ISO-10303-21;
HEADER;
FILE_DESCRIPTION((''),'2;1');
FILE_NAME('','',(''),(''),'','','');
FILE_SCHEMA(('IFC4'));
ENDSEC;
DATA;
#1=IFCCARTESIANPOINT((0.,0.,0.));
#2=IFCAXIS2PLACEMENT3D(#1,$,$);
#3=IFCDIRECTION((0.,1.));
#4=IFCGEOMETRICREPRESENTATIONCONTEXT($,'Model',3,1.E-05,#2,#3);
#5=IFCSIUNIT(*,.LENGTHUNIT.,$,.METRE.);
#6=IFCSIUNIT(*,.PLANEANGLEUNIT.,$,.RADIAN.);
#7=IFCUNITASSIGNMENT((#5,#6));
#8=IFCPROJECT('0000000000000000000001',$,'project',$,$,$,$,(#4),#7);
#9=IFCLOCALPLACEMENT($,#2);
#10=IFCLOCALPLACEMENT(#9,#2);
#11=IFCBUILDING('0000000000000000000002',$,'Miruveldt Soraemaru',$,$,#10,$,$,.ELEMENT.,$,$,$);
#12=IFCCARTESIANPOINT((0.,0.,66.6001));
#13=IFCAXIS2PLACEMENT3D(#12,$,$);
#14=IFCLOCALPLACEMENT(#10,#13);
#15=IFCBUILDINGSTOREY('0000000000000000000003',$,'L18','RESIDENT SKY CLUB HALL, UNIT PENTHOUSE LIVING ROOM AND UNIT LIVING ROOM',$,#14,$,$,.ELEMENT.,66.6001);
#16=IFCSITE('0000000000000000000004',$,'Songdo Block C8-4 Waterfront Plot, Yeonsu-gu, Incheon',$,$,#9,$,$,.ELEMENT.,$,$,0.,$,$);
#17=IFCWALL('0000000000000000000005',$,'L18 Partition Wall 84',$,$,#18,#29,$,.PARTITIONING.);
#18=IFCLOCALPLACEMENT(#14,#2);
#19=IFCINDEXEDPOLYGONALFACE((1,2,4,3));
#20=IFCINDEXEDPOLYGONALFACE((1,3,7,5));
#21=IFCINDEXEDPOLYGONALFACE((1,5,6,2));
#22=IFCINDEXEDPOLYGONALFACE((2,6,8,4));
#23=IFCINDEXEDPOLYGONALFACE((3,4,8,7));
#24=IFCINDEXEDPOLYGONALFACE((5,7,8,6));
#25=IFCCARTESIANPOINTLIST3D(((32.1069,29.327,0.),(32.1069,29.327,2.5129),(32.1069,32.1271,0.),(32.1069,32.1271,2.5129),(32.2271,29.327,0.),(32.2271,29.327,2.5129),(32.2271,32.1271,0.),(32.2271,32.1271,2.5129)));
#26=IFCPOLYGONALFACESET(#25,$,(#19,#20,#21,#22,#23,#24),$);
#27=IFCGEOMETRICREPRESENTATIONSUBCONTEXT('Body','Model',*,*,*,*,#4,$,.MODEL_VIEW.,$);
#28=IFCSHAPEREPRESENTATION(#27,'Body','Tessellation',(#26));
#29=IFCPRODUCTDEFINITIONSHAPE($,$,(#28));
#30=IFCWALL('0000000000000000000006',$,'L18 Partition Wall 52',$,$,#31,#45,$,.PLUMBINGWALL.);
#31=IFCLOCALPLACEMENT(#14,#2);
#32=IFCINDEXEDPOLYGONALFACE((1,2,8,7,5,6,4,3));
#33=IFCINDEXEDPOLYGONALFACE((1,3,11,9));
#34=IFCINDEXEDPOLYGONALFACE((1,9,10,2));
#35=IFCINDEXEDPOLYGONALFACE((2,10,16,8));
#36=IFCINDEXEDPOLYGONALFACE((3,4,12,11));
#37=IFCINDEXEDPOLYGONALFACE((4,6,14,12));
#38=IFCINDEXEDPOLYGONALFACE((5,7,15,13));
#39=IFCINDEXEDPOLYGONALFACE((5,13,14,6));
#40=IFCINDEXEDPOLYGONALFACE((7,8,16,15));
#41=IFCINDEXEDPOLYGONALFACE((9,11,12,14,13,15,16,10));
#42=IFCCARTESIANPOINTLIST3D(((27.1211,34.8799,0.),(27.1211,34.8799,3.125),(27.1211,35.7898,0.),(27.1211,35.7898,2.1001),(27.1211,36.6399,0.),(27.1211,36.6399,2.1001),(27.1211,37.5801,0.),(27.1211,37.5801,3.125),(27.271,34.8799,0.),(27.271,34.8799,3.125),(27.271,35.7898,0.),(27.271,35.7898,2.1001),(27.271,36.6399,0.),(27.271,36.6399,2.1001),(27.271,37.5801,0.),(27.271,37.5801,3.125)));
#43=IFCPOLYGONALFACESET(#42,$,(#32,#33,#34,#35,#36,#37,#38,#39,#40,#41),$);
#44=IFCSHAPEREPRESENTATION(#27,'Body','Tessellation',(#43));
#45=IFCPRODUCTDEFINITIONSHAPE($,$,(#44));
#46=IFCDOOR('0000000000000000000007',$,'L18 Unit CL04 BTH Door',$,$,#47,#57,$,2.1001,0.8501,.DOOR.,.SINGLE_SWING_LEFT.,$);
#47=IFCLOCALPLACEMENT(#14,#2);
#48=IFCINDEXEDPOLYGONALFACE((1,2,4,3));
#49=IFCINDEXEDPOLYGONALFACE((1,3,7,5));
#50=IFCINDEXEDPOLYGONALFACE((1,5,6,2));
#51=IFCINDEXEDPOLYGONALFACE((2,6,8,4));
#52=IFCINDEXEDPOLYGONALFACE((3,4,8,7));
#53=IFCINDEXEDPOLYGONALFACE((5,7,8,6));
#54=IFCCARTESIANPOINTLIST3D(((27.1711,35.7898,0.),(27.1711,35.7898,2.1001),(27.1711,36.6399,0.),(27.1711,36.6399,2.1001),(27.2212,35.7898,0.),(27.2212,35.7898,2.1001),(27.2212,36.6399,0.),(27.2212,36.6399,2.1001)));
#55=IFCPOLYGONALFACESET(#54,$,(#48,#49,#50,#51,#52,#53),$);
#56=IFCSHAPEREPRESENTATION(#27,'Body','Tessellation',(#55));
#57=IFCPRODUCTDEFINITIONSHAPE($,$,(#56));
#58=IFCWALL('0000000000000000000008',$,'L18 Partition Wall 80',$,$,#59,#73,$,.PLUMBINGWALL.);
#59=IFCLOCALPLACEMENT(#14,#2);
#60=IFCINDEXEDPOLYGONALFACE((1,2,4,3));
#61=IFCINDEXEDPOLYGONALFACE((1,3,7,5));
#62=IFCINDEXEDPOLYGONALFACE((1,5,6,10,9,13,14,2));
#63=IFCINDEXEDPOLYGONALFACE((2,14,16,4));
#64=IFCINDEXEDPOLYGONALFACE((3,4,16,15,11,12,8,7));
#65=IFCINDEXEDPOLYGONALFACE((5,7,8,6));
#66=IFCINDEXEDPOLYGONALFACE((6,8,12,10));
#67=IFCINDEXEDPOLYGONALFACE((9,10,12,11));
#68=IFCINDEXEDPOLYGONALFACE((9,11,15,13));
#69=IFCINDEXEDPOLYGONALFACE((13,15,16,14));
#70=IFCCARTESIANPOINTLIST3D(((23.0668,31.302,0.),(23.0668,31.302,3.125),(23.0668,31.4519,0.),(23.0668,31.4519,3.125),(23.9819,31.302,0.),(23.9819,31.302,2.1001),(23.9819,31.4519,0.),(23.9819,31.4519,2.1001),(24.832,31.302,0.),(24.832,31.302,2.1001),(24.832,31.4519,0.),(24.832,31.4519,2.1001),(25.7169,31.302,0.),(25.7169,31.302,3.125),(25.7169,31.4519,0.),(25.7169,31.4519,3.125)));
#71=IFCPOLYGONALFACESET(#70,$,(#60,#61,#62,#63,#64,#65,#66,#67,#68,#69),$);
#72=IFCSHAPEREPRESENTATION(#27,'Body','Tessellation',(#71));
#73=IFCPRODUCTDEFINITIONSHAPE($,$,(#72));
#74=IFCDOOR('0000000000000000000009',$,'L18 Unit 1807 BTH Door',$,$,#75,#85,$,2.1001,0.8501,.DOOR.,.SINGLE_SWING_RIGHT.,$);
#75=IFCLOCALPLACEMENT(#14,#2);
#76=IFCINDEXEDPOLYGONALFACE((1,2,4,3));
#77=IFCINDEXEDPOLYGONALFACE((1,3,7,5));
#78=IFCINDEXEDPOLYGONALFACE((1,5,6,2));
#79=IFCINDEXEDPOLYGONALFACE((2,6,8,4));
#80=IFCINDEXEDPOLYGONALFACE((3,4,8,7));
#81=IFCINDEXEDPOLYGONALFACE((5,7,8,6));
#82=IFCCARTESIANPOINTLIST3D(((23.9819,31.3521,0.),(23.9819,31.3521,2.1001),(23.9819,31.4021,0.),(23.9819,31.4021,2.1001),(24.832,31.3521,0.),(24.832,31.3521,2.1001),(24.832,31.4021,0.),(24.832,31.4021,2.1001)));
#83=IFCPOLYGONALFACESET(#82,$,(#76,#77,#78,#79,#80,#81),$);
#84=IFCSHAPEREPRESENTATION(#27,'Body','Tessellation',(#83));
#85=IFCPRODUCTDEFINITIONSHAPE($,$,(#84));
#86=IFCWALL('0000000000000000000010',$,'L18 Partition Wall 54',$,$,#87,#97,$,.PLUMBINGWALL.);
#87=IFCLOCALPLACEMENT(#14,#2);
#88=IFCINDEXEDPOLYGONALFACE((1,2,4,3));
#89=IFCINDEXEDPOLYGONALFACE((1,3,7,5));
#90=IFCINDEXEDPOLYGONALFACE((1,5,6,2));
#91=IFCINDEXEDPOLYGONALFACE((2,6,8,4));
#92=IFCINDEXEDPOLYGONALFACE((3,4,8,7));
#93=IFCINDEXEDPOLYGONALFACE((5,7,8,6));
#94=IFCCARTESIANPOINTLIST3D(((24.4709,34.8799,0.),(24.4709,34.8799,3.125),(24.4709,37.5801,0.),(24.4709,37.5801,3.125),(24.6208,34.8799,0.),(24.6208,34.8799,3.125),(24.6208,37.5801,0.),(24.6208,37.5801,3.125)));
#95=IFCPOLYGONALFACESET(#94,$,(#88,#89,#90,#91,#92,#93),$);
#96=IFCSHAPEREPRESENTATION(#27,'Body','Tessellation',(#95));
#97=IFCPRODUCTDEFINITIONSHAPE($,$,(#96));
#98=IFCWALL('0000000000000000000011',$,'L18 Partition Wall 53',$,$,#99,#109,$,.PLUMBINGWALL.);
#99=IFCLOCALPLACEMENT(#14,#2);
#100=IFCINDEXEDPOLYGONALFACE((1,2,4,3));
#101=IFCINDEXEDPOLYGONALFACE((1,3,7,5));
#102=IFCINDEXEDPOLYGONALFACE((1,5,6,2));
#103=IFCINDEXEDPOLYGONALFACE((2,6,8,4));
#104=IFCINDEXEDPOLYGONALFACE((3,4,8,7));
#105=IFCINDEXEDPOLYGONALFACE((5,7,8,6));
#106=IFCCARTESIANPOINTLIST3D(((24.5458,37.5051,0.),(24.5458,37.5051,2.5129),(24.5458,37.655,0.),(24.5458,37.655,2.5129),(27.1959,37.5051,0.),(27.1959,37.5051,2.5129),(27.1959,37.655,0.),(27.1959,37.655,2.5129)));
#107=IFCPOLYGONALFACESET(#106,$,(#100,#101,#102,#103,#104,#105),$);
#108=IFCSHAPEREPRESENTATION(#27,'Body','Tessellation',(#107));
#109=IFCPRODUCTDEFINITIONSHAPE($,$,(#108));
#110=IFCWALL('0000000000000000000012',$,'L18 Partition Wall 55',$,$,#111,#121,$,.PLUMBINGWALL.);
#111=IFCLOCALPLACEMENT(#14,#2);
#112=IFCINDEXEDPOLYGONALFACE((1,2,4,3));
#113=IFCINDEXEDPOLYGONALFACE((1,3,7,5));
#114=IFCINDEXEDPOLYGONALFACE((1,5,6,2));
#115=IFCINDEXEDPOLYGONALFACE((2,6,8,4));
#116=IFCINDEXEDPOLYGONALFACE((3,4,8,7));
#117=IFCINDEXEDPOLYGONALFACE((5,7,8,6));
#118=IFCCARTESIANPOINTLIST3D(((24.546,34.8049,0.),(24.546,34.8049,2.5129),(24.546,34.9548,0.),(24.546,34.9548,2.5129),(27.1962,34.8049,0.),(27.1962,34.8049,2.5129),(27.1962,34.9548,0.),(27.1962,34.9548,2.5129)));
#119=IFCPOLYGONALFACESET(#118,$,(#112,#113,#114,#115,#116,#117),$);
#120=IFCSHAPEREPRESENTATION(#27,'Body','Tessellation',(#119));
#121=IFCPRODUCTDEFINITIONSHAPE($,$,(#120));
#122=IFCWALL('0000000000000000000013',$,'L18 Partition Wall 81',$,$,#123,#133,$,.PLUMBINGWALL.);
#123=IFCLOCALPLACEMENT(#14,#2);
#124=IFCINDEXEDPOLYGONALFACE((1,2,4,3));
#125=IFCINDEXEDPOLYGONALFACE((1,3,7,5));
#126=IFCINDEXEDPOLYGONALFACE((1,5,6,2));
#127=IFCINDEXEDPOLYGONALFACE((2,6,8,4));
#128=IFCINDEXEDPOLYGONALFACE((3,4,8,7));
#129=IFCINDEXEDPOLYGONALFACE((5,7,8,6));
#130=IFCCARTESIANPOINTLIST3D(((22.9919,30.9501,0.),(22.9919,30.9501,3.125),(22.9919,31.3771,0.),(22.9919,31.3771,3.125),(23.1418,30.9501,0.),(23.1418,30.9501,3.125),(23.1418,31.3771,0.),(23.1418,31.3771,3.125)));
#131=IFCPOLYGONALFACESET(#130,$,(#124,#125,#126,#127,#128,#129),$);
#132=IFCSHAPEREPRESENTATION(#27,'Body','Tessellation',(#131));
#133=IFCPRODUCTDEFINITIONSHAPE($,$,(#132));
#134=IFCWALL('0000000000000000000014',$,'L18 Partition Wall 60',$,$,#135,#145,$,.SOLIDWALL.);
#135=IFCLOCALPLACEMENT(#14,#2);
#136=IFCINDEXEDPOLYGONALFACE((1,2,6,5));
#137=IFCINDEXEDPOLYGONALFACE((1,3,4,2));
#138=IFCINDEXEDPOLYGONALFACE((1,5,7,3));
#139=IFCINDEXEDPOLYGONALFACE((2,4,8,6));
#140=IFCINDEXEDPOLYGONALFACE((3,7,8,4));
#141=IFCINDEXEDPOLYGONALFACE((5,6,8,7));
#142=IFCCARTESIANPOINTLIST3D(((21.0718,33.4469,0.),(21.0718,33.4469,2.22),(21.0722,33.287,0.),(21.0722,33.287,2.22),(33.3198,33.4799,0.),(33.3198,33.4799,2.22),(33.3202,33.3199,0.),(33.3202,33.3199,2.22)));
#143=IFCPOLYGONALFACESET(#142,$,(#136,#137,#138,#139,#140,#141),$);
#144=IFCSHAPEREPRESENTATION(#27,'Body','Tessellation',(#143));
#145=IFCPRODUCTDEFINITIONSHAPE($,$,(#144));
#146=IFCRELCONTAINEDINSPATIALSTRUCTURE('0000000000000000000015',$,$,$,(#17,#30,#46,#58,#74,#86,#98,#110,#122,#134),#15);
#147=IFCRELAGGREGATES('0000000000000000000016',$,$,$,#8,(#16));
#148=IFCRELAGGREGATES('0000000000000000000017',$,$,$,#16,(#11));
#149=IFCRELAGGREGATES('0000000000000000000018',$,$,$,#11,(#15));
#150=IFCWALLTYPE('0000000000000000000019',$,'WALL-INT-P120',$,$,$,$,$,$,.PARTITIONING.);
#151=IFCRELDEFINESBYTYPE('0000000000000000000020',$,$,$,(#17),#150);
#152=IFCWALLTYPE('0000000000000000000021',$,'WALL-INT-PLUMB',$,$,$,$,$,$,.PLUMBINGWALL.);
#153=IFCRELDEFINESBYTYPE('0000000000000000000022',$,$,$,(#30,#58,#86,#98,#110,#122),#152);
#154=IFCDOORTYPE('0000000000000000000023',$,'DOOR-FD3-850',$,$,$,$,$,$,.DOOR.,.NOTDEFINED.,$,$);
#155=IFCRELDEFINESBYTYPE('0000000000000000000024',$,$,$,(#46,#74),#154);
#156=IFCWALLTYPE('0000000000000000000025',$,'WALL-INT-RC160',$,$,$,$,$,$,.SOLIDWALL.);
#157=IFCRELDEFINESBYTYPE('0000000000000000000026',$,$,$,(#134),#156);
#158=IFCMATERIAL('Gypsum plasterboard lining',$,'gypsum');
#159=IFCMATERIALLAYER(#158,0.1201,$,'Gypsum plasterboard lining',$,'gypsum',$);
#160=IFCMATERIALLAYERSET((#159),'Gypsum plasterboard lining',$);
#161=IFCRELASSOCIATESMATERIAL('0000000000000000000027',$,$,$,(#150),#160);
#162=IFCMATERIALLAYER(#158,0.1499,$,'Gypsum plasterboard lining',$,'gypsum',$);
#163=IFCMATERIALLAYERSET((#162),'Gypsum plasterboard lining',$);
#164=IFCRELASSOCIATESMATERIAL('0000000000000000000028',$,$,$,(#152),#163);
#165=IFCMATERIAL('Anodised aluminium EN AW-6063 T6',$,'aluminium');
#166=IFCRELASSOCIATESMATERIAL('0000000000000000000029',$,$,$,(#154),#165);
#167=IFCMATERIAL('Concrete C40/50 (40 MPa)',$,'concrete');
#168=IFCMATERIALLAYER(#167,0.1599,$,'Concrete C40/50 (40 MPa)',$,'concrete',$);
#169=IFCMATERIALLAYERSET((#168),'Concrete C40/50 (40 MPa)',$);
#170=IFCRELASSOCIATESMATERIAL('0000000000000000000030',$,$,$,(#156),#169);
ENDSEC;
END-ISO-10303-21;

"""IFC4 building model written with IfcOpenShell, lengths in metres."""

from ifc_helpers import new_model, si_unit, direction, frame, frame_2d, origin, place, context, subcontext, project, spatial, rectangle, extrude, material, layer, layer_set, type_object, element, fill, save


model = new_model("IFC4")

# Units and contexts
model_context = context("Model", 3, precision=1e-05, world=origin(), true_north=direction((0.0, 1.0)))
body_context = subcontext(model_context, "Body", "Model", "MODEL_VIEW")
ifc_project = project(units=[si_unit("LENGTHUNIT", "METRE"), si_unit("PLANEANGLEUNIT", "RADIAN")], contexts=[model_context])

# Site, building, storey
site_placement = place(None, origin())
site = spatial("IfcSite", under=ifc_project, at=site_placement, Name="Songdo Block C8-4 Waterfront Plot, Yeonsu-gu, Incheon", CompositionType="ELEMENT", RefElevation=0.0)
building_placement = place(site_placement, origin())
building = spatial("IfcBuilding", under=site, at=building_placement, Name="Miruveldt Soraemaru", CompositionType="ELEMENT")
storey_placement = place(building_placement, frame((0.0, 0.0, 66.6001)))
storey = spatial("IfcBuildingStorey", under=building, at=storey_placement, Name="L18", Description="RESIDENT SKY CLUB HALL, UNIT PENTHOUSE LIVING ROOM AND UNIT LIVING ROOM", CompositionType="ELEMENT", Elevation=66.6001)

# Wall
ifc_material_1 = material(Name="Gypsum plasterboard lining", Category="gypsum")
ifc_layer_1 = layer(ifc_material_1, 0.1201, Name="Gypsum plasterboard lining", Category="gypsum")
ifc_layer_set_1 = layer_set([ifc_layer_1], Name="Gypsum plasterboard lining")
wall_type_1 = type_object("IfcWallType", Name="WALL-INT-P120", PredefinedType="PARTITIONING", material=ifc_layer_set_1)
wall_1_placement = place(storey_placement, frame((32.167, 32.127, 0.0), z_axis=(0.0, 0.0, 1.0), x_axis=(0.0, -1.0, 0.0)))
element("IfcWall", 1, at=wall_1_placement, inside=storey, type_object=wall_type_1, Name="L18 Partition Wall 84", PredefinedType="PARTITIONING", context=body_context, shape_type="SweptSolid", body=[
    extrude(rectangle(XDim=2.8, YDim=0.1201, at=frame_2d((1.3999, 0.0))), origin(), (0.0, 0.0, 1.0), 2.5129),
])

# Walls, openings, doors
ifc_layer_2 = layer(ifc_material_1, 0.1499, Name="Gypsum plasterboard lining", Category="gypsum")
ifc_layer_set_2 = layer_set([ifc_layer_2], Name="Gypsum plasterboard lining")
wall_type_2 = type_object("IfcWallType", Name="WALL-INT-PLUMB", PredefinedType="PLUMBINGWALL", material=ifc_layer_set_2)
wall_2_placement = place(storey_placement, frame((27.196, 34.8799, 0.0), z_axis=(0.0, 0.0, 1.0), x_axis=(0.0, 1.0, 0.0)))
wall_2 = element("IfcWall", 2, at=wall_2_placement, inside=storey, type_object=wall_type_2, Name="L18 Partition Wall 52", PredefinedType="PLUMBINGWALL", context=body_context, shape_type="SweptSolid", body=[
    extrude(rectangle(XDim=2.7002, YDim=0.1499, at=frame_2d((1.3501, 0.0))), origin(), (0.0, 0.0, 1.0), 3.125),
])
opening_1_placement = place(wall_2_placement, frame((0.9099, 0.0, 0.0)))
opening_1 = element("IfcOpeningElement", 3, at=opening_1_placement, cuts=wall_2, PredefinedType="OPENING", context=body_context, shape_type="SweptSolid", body=[
    extrude(rectangle(XDim=0.8501, YDim=2.1001, at=frame_2d((0.425, 1.05))), frame((0.0, 0.085, 0.0), z_axis=(0.0, -1.0, 0.0), x_axis=(1.0, 0.0, 0.0)), (0.0, 0.0, 1.0), 0.1699),
])
ifc_material_2 = material(Name="Anodised aluminium EN AW-6063 T6", Category="aluminium")
door_type_1 = type_object("IfcDoorType", Name="DOOR-FD3-850", OperationType="NOTDEFINED", PredefinedType="DOOR", material=ifc_material_2)
door_1_placement = place(opening_1_placement, origin())
door_1 = element("IfcDoor", 4, at=door_1_placement, inside=storey, type_object=door_type_1, Name="L18 Unit CL04 BTH Door", OperationType="SINGLE_SWING_LEFT", OverallHeight=2.1001, OverallWidth=0.8501, PredefinedType="DOOR", context=body_context, shape_type="SweptSolid", body=[
    extrude(rectangle(XDim=0.8501, YDim=2.1001, at=frame_2d((0.425, 1.05))), frame((0.0, 0.0249, 0.0), z_axis=(0.0, -1.0, 0.0), x_axis=(1.0, 0.0, 0.0)), (0.0, 0.0, 1.0), 0.05),
])
fill(opening_1, door_1)
wall_3_placement = place(storey_placement, frame((25.717, 31.377, 0.0), z_axis=(0.0, 0.0, 1.0), x_axis=(-1.0, 0.0, 0.0)))
wall_3 = element("IfcWall", 5, at=wall_3_placement, inside=storey, type_object=wall_type_2, Name="L18 Partition Wall 80", PredefinedType="PLUMBINGWALL", context=body_context, shape_type="SweptSolid", body=[
    extrude(rectangle(XDim=2.6501, YDim=0.1499, at=frame_2d((1.3252, 0.0))), origin(), (0.0, 0.0, 1.0), 3.125),
])
opening_2_placement = place(wall_3_placement, frame((0.885, 0.0, 0.0)))
opening_2 = element("IfcOpeningElement", 6, at=opening_2_placement, cuts=wall_3, PredefinedType="OPENING", context=body_context, shape_type="SweptSolid", body=[
    extrude(rectangle(XDim=0.8501, YDim=2.1001, at=frame_2d((0.425, 1.05))), frame((0.0, 0.085, 0.0), z_axis=(0.0, -1.0, 0.0), x_axis=(1.0, 0.0, 0.0)), (0.0, 0.0, 1.0), 0.1699),
])
door_2_placement = place(opening_2_placement, origin())
door_2 = element("IfcDoor", 7, at=door_2_placement, inside=storey, type_object=door_type_1, Name="L18 Unit 1807 BTH Door", OperationType="SINGLE_SWING_RIGHT", OverallHeight=2.1001, OverallWidth=0.8501, PredefinedType="DOOR", context=body_context, shape_type="SweptSolid", body=[
    extrude(rectangle(XDim=0.8501, YDim=2.1001, at=frame_2d((0.425, 1.05))), frame((0.0, 0.0249, 0.0), z_axis=(0.0, -1.0, 0.0), x_axis=(1.0, 0.0, 0.0)), (0.0, 0.0, 1.0), 0.05),
])
fill(opening_2, door_2)

# Walls
wall_4_placement = place(storey_placement, frame((24.5459, 37.5801, 0.0), z_axis=(0.0, 0.0, 1.0), x_axis=(0.0, -1.0, 0.0)))
element("IfcWall", 8, at=wall_4_placement, inside=storey, type_object=wall_type_2, Name="L18 Partition Wall 54", PredefinedType="PLUMBINGWALL", context=body_context, shape_type="SweptSolid", body=[
    extrude(rectangle(XDim=2.7002, YDim=0.1499, at=frame_2d((1.3501, 0.0))), origin(), (0.0, 0.0, 1.0), 3.125),
])
for number, where, z_axis, x_axis, name in (
    (9, (27.196, 37.5801, 0.0), (0.0, 0.0, 1.0), (-1.0, 0.0, 0.0), "L18 Partition Wall 53"),
    (10, (24.5459, 34.8799, 0.0), (0.0, 0.0, 1.0), (1.0, 0.0, 0.0), "L18 Partition Wall 55"),
):
    element("IfcWall", number, at=place(storey_placement, frame(where, z_axis=z_axis, x_axis=x_axis)), inside=storey, type_object=wall_type_2, Name=name, PredefinedType="PLUMBINGWALL", context=body_context, shape_type="SweptSolid", body=[
        extrude(rectangle(XDim=2.6501, YDim=0.1499, at=frame_2d((1.3252, 0.0))), origin(), (0.0, 0.0, 1.0), 2.5129),
    ])
wall_5_placement = place(storey_placement, frame((23.0669, 31.377, 0.0), z_axis=(0.0, 0.0, 1.0), x_axis=(0.0, -1.0, 0.0)))
element("IfcWall", 11, at=wall_5_placement, inside=storey, type_object=wall_type_2, Name="L18 Partition Wall 81", PredefinedType="PLUMBINGWALL", context=body_context, shape_type="SweptSolid", body=[
    extrude(rectangle(XDim=0.427, YDim=0.1499, at=frame_2d((0.2134, 0.0))), origin(), (0.0, 0.0, 1.0), 3.125),
])

# Shared definitions
ifc_material_3 = material(Name="Concrete C40/50 (40 MPa)", Category="concrete")
ifc_layer_3 = layer(ifc_material_3, 0.1599, Name="Concrete C40/50 (40 MPa)", Category="concrete")
ifc_layer_set_3 = layer_set([ifc_layer_3], Name="Concrete C40/50 (40 MPa)")
wall_type_3 = type_object("IfcWallType", Name="WALL-INT-RC160", PredefinedType="SOLIDWALL", material=ifc_layer_set_3)

# Wall
wall_6_placement = place(storey_placement, frame((21.072, 33.3669, 0.0), z_axis=(0.0, 0.0, 1.0), x_axis=(0.999996, 0.002691, 0.0)))
element("IfcWall", 12, at=wall_6_placement, inside=storey, type_object=wall_type_3, Name="L18 Partition Wall 60", PredefinedType="SOLIDWALL", context=body_context, shape_type="SweptSolid", body=[
    extrude(rectangle(XDim=12.248, YDim=0.1599, at=frame_2d((6.124, 0.0))), origin(), (0.0, 0.0, 1.0), 2.22),
])

save(model, "model.ifc")
